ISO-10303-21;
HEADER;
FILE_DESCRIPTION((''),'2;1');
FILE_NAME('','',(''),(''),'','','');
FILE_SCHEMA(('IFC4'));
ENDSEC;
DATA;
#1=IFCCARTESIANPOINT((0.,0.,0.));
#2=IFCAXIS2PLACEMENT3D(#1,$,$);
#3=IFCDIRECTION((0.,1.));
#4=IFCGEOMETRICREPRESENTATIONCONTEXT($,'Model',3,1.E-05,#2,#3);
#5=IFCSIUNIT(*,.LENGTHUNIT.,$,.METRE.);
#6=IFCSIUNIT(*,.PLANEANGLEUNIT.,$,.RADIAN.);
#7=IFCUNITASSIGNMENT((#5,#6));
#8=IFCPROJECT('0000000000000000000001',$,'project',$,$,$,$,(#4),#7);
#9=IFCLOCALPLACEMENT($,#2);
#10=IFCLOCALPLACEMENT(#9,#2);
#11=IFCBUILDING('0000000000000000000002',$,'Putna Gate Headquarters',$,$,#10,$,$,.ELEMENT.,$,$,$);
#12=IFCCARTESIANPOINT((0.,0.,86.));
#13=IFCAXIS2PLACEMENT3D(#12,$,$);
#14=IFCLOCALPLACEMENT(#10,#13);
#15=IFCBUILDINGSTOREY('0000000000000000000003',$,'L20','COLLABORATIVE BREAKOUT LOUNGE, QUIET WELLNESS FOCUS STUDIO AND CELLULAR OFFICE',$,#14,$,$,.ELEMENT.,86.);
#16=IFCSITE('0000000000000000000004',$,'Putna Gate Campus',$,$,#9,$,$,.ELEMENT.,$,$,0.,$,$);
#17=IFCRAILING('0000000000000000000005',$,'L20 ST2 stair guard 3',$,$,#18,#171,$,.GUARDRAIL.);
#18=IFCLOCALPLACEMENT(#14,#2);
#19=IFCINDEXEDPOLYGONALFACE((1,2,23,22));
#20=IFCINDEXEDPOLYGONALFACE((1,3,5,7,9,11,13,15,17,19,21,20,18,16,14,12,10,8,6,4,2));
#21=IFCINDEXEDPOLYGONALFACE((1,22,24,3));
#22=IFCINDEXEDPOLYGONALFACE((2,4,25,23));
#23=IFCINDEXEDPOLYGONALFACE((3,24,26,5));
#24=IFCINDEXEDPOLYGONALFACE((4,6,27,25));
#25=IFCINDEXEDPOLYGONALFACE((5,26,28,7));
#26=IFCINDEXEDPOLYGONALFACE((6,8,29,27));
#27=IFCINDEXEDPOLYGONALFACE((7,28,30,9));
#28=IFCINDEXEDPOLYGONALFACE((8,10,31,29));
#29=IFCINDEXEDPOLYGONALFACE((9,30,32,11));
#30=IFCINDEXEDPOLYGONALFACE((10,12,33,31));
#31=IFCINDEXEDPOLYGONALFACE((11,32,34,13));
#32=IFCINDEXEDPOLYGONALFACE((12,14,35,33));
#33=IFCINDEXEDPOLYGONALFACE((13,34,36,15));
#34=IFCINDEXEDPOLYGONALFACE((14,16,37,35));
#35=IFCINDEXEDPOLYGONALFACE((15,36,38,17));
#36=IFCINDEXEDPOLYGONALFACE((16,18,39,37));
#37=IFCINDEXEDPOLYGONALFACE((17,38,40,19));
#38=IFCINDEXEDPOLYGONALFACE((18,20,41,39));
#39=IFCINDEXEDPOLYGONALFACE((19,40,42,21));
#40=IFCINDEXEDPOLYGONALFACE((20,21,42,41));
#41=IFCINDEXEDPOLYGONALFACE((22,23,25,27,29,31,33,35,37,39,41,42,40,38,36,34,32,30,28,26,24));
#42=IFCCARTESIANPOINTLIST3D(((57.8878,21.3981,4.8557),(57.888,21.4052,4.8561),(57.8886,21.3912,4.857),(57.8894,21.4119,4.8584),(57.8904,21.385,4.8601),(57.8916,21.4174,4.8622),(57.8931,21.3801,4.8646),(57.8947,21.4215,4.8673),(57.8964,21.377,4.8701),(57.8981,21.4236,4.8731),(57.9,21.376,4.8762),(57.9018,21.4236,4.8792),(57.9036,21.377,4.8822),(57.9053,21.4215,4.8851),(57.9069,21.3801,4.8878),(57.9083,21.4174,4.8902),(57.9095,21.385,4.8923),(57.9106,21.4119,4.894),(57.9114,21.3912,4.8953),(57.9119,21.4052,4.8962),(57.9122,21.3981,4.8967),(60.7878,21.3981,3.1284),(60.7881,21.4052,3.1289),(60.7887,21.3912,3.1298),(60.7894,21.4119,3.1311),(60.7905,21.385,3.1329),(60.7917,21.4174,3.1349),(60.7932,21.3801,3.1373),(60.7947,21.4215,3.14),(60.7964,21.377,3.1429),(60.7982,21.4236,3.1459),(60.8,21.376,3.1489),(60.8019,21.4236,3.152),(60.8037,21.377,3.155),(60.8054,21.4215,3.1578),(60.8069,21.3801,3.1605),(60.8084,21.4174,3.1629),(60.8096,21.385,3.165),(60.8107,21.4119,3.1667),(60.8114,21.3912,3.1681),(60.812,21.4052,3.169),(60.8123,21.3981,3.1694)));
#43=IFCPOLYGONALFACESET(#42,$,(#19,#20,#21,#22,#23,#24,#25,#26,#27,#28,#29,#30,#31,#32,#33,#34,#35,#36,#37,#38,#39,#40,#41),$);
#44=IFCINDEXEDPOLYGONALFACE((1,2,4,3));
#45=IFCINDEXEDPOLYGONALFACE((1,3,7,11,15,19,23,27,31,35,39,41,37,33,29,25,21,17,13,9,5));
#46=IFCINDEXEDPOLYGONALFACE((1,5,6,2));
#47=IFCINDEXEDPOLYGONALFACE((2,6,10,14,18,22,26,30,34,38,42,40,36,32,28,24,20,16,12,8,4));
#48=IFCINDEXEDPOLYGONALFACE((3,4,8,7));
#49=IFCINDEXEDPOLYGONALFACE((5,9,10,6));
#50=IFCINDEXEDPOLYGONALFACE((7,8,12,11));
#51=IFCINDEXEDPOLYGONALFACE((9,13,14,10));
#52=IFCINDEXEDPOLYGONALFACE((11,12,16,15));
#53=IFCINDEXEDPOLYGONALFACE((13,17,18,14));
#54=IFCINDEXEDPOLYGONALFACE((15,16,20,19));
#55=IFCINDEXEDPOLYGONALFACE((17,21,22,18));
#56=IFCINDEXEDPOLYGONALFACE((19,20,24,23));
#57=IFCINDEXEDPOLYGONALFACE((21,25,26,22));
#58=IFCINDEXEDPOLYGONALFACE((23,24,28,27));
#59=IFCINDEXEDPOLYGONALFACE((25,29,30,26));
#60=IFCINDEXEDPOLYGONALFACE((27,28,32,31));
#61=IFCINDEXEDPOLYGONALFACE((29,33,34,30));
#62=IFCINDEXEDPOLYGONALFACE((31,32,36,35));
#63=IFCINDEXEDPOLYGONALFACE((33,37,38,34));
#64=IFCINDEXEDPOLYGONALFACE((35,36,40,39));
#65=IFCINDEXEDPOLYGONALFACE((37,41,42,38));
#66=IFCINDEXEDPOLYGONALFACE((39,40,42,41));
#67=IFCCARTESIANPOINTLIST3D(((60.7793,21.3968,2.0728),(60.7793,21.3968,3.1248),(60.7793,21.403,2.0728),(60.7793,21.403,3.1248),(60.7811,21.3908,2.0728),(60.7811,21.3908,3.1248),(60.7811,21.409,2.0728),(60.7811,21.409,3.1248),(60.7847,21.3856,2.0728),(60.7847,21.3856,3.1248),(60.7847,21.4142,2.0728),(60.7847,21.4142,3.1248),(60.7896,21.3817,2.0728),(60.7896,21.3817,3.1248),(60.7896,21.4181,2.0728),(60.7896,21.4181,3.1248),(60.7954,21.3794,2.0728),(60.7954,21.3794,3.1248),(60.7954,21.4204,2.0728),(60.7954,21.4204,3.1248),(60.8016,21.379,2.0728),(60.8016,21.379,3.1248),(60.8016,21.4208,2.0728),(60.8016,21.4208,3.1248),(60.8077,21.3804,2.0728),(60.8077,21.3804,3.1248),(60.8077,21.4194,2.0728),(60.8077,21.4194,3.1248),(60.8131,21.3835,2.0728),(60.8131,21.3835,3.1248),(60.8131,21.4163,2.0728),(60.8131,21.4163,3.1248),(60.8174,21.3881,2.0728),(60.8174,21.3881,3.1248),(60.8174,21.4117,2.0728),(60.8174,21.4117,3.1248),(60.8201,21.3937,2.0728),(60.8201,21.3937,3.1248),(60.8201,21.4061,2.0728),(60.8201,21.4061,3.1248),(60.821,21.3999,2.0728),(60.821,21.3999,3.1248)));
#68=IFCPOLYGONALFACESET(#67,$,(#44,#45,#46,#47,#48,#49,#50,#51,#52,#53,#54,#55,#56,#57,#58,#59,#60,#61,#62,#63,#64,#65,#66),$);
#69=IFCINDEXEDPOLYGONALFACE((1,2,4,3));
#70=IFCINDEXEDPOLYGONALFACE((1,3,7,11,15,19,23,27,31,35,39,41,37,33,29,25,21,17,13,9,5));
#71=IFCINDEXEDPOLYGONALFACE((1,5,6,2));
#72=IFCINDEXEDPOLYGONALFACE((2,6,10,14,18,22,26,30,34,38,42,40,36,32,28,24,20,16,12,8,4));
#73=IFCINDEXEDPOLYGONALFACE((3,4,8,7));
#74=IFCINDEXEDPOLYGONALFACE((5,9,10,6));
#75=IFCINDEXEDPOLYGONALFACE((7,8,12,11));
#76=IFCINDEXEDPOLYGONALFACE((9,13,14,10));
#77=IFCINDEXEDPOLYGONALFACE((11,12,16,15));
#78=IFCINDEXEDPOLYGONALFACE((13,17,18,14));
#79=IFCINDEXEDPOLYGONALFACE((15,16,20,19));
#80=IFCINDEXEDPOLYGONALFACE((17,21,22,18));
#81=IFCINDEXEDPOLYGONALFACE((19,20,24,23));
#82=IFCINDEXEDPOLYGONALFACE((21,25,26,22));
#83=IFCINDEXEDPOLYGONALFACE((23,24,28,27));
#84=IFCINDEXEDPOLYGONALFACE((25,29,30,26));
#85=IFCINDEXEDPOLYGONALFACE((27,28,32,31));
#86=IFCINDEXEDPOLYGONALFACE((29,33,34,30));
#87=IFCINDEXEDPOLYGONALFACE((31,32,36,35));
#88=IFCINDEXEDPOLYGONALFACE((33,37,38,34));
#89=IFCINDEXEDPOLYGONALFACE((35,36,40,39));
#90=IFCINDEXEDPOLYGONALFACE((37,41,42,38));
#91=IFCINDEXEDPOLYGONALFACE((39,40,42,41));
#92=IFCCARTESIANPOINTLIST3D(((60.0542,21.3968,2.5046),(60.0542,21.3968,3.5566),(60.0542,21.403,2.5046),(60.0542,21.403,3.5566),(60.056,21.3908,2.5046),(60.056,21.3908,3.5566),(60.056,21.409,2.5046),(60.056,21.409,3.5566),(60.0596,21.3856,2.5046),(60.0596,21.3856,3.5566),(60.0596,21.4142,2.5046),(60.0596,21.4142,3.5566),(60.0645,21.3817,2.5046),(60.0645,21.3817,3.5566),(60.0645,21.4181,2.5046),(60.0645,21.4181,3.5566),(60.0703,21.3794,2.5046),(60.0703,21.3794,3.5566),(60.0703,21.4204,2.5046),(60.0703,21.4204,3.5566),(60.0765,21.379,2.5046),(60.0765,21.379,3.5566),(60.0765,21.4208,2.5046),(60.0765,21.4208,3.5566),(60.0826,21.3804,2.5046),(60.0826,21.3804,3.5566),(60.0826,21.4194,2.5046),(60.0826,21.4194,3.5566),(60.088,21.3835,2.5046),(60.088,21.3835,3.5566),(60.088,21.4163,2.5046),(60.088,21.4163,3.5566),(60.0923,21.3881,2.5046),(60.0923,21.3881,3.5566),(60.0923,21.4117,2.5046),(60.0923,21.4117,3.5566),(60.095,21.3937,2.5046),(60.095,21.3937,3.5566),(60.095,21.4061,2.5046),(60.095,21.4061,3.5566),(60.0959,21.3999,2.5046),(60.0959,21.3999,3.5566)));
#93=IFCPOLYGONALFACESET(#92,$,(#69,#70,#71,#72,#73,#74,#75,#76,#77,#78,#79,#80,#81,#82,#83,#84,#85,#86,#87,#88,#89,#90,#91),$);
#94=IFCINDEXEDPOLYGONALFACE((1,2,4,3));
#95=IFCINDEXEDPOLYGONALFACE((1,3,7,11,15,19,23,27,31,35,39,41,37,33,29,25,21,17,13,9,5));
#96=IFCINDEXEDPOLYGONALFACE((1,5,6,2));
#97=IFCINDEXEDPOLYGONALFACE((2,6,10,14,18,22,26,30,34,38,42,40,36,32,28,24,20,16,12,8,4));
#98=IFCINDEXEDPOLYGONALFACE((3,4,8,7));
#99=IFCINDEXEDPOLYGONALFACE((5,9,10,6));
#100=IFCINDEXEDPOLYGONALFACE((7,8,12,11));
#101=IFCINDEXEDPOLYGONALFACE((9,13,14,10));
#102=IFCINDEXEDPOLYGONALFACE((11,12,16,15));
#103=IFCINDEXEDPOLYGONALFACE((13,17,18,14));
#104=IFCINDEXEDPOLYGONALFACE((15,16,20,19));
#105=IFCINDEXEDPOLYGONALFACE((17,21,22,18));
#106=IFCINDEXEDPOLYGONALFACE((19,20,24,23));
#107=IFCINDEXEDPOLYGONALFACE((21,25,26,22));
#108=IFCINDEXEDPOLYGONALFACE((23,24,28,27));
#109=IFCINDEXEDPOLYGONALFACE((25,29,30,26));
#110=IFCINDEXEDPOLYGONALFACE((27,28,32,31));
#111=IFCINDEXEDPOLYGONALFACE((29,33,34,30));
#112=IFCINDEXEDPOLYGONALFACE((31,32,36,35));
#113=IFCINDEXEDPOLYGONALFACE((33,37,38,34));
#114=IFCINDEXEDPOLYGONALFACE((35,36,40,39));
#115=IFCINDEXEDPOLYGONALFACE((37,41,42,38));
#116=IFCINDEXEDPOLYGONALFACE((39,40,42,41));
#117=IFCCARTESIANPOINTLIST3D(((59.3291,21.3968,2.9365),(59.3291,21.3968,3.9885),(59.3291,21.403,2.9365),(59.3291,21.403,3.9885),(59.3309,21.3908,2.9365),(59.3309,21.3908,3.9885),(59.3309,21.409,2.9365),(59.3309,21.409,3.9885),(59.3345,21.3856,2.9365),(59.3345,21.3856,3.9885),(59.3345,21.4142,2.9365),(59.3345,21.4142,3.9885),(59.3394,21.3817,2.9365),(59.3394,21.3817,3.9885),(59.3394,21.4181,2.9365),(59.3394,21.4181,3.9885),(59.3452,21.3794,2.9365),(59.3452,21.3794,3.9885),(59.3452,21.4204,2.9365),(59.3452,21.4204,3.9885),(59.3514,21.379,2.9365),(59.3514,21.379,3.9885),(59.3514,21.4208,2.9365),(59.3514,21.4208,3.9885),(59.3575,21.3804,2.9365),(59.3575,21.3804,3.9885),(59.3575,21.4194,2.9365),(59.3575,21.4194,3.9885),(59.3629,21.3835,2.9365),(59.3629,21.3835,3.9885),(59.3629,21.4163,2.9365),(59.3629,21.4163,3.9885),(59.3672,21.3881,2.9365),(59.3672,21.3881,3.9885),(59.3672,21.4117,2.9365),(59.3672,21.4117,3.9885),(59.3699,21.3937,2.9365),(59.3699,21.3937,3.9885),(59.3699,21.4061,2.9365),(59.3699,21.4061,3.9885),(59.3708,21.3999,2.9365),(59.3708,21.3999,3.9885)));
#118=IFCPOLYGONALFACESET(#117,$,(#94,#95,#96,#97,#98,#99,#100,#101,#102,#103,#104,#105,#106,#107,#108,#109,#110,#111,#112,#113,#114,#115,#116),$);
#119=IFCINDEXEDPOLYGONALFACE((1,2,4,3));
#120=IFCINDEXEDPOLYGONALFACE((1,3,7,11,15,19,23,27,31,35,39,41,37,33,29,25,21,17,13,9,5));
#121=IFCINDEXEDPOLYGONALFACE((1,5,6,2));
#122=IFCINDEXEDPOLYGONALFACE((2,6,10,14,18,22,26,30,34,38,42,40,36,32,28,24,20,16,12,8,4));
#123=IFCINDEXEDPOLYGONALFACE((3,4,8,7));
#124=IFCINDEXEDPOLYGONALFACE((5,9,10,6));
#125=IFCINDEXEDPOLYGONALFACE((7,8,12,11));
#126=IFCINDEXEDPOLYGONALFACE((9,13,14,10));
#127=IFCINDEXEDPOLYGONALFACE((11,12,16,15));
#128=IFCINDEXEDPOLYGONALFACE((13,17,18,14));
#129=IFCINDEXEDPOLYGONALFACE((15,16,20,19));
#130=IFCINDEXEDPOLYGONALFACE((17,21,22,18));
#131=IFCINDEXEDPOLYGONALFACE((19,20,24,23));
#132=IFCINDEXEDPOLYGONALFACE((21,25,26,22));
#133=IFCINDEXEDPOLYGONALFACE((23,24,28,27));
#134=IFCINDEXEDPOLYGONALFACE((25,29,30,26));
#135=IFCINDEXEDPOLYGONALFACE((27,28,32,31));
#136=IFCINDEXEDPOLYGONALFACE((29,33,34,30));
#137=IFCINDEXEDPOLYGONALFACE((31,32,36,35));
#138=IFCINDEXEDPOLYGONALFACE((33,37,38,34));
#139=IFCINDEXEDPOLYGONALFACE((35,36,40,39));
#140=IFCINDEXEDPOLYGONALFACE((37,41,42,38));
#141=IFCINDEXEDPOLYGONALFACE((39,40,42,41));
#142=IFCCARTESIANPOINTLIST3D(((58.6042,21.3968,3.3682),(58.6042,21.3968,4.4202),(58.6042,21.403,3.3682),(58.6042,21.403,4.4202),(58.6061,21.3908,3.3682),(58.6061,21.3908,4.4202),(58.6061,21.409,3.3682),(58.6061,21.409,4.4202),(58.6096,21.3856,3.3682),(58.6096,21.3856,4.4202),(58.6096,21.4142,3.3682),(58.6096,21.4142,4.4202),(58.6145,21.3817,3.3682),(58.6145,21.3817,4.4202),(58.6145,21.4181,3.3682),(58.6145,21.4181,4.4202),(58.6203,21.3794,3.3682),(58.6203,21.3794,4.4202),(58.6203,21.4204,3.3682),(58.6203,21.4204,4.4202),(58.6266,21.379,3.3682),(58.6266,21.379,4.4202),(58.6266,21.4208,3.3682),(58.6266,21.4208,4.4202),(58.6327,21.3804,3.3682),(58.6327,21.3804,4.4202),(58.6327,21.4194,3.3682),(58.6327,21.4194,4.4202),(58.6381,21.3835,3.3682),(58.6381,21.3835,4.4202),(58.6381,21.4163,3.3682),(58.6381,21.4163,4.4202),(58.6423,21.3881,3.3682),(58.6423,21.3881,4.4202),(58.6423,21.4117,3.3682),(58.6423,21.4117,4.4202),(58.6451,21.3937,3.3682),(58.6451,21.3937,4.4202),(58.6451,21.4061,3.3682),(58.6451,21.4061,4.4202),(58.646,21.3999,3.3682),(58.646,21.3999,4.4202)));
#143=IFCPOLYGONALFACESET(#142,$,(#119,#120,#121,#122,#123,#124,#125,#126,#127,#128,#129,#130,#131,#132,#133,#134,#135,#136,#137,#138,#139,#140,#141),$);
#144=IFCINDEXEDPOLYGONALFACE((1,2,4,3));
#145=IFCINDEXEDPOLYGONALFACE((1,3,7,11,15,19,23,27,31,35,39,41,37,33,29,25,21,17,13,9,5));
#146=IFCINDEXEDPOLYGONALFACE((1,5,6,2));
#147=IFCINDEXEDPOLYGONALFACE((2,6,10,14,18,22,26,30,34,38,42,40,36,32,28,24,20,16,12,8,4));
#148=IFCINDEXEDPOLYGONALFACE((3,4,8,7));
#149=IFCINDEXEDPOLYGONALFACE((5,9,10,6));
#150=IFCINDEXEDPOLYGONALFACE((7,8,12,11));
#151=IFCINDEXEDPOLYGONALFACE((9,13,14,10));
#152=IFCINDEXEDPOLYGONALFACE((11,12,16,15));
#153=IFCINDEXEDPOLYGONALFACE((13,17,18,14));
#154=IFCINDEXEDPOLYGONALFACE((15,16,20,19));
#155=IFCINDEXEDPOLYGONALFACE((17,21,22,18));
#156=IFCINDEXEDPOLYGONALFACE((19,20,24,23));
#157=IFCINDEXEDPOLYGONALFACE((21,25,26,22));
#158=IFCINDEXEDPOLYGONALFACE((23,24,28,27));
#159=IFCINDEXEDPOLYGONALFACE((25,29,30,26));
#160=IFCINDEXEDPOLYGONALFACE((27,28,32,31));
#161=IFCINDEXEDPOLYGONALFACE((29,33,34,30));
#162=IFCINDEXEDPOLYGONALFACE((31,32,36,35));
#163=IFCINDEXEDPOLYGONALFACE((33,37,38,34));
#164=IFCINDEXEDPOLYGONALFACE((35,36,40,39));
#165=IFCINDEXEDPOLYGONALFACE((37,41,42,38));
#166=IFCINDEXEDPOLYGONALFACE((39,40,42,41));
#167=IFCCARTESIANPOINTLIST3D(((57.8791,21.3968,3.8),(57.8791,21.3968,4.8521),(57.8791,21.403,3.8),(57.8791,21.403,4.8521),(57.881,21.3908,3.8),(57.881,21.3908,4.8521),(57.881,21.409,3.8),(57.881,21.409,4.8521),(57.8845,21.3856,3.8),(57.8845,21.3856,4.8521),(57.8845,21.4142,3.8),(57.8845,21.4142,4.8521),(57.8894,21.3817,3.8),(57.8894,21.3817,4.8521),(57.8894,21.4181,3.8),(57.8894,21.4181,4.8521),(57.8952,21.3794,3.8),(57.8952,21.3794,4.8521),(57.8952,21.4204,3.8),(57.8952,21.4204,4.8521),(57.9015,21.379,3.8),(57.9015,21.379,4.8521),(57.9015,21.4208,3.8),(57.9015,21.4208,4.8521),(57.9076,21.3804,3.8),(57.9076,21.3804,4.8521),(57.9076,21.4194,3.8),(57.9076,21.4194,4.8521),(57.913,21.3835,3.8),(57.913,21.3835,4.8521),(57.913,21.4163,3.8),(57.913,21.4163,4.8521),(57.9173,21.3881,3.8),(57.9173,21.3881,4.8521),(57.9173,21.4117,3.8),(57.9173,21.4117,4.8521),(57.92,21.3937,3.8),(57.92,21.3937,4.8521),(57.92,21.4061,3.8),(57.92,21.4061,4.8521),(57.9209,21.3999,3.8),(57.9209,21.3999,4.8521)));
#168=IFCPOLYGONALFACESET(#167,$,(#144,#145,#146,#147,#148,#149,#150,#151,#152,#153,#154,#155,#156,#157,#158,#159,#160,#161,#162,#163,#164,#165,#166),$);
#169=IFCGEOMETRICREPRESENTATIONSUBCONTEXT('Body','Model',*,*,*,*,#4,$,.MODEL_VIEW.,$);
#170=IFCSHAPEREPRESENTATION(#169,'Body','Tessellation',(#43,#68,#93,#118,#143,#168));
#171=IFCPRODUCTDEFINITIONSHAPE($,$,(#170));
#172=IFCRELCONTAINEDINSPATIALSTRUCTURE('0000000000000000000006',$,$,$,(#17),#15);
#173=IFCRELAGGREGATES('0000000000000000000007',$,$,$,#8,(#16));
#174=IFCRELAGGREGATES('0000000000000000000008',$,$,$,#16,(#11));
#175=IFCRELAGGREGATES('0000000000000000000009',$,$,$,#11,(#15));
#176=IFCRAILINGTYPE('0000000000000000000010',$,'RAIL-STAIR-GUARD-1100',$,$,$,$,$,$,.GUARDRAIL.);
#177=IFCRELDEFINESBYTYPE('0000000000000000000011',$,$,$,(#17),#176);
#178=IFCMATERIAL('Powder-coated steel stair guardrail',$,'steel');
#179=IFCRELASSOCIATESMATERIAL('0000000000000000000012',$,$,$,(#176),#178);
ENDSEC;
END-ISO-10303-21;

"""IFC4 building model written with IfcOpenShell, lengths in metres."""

from ifc_helpers import new_model, si_unit, direction, frame, origin, origin_2d, place, context, subcontext, project, spatial, circle, extrude, material, type_object, element, save


model = new_model("IFC4")

# Units and contexts
model_context = context("Model", 3, precision=1e-05, world=origin(), true_north=direction((0.0, 1.0)))
body_context = subcontext(model_context, "Body", "Model", "MODEL_VIEW")
ifc_project = project(units=[si_unit("LENGTHUNIT", "METRE"), si_unit("PLANEANGLEUNIT", "RADIAN")], contexts=[model_context])

# Site, building, storey
site_placement = place(None, origin())
site = spatial("IfcSite", under=ifc_project, at=site_placement, Name="Putna Gate Campus", CompositionType="ELEMENT", RefElevation=0.0)
building_placement = place(site_placement, origin())
building = spatial("IfcBuilding", under=site, at=building_placement, Name="Putna Gate Headquarters", CompositionType="ELEMENT")
storey_placement = place(building_placement, frame((0.0, 0.0, 86.0)))
storey = spatial("IfcBuildingStorey", under=building, at=storey_placement, Name="L20", Description="COLLABORATIVE BREAKOUT LOUNGE, QUIET WELLNESS FOCUS STUDIO AND CELLULAR OFFICE", CompositionType="ELEMENT", Elevation=86.0)

# Railing
ifc_material_1 = material(Name="Powder-coated steel stair guardrail", Category="steel")
railing_type_1 = type_object("IfcRailingType", Name="RAIL-STAIR-GUARD-1100", PredefinedType="GUARDRAIL", material=ifc_material_1)
railing_1_placement = place(storey_placement, frame((60.8, 21.3999, 2.0728)))
element("IfcRailing", 1, at=railing_1_placement, inside=storey, type_object=railing_type_1, Name="L20 ST2 stair guard 3", PredefinedType="GUARDRAIL", context=body_context, shape_type="SweptSolid", body=[
    extrude(circle(Radius=0.0239, at=origin_2d()), frame((0.0, 0.0, 1.0762), z_axis=(-0.85916, 0.0, 0.511706), x_axis=(0.0, -1.0, 0.0)), (0.0, 0.0, 1.0), 3.3755),
    extrude(circle(Radius=0.021, at=origin_2d()), origin(), (0.0, 0.0, 1.0), 1.052),
    extrude(circle(Radius=0.021, at=origin_2d()), frame((-0.7251, 0.0, 0.4319)), (0.0, 0.0, 1.0), 1.052),
    extrude(circle(Radius=0.021, at=origin_2d()), frame((-1.4502, 0.0, 0.8638)), (0.0, 0.0, 1.0), 1.052),
    extrude(circle(Radius=0.021, at=origin_2d()), frame((-2.175, 0.0, 1.2954)), (0.0, 0.0, 1.0), 1.052),
    extrude(circle(Radius=0.021, at=origin_2d()), frame((-2.9001, 0.0, 1.7273)), (0.0, 0.0, 1.0), 1.052),
])

save(model, "model.ifc")
